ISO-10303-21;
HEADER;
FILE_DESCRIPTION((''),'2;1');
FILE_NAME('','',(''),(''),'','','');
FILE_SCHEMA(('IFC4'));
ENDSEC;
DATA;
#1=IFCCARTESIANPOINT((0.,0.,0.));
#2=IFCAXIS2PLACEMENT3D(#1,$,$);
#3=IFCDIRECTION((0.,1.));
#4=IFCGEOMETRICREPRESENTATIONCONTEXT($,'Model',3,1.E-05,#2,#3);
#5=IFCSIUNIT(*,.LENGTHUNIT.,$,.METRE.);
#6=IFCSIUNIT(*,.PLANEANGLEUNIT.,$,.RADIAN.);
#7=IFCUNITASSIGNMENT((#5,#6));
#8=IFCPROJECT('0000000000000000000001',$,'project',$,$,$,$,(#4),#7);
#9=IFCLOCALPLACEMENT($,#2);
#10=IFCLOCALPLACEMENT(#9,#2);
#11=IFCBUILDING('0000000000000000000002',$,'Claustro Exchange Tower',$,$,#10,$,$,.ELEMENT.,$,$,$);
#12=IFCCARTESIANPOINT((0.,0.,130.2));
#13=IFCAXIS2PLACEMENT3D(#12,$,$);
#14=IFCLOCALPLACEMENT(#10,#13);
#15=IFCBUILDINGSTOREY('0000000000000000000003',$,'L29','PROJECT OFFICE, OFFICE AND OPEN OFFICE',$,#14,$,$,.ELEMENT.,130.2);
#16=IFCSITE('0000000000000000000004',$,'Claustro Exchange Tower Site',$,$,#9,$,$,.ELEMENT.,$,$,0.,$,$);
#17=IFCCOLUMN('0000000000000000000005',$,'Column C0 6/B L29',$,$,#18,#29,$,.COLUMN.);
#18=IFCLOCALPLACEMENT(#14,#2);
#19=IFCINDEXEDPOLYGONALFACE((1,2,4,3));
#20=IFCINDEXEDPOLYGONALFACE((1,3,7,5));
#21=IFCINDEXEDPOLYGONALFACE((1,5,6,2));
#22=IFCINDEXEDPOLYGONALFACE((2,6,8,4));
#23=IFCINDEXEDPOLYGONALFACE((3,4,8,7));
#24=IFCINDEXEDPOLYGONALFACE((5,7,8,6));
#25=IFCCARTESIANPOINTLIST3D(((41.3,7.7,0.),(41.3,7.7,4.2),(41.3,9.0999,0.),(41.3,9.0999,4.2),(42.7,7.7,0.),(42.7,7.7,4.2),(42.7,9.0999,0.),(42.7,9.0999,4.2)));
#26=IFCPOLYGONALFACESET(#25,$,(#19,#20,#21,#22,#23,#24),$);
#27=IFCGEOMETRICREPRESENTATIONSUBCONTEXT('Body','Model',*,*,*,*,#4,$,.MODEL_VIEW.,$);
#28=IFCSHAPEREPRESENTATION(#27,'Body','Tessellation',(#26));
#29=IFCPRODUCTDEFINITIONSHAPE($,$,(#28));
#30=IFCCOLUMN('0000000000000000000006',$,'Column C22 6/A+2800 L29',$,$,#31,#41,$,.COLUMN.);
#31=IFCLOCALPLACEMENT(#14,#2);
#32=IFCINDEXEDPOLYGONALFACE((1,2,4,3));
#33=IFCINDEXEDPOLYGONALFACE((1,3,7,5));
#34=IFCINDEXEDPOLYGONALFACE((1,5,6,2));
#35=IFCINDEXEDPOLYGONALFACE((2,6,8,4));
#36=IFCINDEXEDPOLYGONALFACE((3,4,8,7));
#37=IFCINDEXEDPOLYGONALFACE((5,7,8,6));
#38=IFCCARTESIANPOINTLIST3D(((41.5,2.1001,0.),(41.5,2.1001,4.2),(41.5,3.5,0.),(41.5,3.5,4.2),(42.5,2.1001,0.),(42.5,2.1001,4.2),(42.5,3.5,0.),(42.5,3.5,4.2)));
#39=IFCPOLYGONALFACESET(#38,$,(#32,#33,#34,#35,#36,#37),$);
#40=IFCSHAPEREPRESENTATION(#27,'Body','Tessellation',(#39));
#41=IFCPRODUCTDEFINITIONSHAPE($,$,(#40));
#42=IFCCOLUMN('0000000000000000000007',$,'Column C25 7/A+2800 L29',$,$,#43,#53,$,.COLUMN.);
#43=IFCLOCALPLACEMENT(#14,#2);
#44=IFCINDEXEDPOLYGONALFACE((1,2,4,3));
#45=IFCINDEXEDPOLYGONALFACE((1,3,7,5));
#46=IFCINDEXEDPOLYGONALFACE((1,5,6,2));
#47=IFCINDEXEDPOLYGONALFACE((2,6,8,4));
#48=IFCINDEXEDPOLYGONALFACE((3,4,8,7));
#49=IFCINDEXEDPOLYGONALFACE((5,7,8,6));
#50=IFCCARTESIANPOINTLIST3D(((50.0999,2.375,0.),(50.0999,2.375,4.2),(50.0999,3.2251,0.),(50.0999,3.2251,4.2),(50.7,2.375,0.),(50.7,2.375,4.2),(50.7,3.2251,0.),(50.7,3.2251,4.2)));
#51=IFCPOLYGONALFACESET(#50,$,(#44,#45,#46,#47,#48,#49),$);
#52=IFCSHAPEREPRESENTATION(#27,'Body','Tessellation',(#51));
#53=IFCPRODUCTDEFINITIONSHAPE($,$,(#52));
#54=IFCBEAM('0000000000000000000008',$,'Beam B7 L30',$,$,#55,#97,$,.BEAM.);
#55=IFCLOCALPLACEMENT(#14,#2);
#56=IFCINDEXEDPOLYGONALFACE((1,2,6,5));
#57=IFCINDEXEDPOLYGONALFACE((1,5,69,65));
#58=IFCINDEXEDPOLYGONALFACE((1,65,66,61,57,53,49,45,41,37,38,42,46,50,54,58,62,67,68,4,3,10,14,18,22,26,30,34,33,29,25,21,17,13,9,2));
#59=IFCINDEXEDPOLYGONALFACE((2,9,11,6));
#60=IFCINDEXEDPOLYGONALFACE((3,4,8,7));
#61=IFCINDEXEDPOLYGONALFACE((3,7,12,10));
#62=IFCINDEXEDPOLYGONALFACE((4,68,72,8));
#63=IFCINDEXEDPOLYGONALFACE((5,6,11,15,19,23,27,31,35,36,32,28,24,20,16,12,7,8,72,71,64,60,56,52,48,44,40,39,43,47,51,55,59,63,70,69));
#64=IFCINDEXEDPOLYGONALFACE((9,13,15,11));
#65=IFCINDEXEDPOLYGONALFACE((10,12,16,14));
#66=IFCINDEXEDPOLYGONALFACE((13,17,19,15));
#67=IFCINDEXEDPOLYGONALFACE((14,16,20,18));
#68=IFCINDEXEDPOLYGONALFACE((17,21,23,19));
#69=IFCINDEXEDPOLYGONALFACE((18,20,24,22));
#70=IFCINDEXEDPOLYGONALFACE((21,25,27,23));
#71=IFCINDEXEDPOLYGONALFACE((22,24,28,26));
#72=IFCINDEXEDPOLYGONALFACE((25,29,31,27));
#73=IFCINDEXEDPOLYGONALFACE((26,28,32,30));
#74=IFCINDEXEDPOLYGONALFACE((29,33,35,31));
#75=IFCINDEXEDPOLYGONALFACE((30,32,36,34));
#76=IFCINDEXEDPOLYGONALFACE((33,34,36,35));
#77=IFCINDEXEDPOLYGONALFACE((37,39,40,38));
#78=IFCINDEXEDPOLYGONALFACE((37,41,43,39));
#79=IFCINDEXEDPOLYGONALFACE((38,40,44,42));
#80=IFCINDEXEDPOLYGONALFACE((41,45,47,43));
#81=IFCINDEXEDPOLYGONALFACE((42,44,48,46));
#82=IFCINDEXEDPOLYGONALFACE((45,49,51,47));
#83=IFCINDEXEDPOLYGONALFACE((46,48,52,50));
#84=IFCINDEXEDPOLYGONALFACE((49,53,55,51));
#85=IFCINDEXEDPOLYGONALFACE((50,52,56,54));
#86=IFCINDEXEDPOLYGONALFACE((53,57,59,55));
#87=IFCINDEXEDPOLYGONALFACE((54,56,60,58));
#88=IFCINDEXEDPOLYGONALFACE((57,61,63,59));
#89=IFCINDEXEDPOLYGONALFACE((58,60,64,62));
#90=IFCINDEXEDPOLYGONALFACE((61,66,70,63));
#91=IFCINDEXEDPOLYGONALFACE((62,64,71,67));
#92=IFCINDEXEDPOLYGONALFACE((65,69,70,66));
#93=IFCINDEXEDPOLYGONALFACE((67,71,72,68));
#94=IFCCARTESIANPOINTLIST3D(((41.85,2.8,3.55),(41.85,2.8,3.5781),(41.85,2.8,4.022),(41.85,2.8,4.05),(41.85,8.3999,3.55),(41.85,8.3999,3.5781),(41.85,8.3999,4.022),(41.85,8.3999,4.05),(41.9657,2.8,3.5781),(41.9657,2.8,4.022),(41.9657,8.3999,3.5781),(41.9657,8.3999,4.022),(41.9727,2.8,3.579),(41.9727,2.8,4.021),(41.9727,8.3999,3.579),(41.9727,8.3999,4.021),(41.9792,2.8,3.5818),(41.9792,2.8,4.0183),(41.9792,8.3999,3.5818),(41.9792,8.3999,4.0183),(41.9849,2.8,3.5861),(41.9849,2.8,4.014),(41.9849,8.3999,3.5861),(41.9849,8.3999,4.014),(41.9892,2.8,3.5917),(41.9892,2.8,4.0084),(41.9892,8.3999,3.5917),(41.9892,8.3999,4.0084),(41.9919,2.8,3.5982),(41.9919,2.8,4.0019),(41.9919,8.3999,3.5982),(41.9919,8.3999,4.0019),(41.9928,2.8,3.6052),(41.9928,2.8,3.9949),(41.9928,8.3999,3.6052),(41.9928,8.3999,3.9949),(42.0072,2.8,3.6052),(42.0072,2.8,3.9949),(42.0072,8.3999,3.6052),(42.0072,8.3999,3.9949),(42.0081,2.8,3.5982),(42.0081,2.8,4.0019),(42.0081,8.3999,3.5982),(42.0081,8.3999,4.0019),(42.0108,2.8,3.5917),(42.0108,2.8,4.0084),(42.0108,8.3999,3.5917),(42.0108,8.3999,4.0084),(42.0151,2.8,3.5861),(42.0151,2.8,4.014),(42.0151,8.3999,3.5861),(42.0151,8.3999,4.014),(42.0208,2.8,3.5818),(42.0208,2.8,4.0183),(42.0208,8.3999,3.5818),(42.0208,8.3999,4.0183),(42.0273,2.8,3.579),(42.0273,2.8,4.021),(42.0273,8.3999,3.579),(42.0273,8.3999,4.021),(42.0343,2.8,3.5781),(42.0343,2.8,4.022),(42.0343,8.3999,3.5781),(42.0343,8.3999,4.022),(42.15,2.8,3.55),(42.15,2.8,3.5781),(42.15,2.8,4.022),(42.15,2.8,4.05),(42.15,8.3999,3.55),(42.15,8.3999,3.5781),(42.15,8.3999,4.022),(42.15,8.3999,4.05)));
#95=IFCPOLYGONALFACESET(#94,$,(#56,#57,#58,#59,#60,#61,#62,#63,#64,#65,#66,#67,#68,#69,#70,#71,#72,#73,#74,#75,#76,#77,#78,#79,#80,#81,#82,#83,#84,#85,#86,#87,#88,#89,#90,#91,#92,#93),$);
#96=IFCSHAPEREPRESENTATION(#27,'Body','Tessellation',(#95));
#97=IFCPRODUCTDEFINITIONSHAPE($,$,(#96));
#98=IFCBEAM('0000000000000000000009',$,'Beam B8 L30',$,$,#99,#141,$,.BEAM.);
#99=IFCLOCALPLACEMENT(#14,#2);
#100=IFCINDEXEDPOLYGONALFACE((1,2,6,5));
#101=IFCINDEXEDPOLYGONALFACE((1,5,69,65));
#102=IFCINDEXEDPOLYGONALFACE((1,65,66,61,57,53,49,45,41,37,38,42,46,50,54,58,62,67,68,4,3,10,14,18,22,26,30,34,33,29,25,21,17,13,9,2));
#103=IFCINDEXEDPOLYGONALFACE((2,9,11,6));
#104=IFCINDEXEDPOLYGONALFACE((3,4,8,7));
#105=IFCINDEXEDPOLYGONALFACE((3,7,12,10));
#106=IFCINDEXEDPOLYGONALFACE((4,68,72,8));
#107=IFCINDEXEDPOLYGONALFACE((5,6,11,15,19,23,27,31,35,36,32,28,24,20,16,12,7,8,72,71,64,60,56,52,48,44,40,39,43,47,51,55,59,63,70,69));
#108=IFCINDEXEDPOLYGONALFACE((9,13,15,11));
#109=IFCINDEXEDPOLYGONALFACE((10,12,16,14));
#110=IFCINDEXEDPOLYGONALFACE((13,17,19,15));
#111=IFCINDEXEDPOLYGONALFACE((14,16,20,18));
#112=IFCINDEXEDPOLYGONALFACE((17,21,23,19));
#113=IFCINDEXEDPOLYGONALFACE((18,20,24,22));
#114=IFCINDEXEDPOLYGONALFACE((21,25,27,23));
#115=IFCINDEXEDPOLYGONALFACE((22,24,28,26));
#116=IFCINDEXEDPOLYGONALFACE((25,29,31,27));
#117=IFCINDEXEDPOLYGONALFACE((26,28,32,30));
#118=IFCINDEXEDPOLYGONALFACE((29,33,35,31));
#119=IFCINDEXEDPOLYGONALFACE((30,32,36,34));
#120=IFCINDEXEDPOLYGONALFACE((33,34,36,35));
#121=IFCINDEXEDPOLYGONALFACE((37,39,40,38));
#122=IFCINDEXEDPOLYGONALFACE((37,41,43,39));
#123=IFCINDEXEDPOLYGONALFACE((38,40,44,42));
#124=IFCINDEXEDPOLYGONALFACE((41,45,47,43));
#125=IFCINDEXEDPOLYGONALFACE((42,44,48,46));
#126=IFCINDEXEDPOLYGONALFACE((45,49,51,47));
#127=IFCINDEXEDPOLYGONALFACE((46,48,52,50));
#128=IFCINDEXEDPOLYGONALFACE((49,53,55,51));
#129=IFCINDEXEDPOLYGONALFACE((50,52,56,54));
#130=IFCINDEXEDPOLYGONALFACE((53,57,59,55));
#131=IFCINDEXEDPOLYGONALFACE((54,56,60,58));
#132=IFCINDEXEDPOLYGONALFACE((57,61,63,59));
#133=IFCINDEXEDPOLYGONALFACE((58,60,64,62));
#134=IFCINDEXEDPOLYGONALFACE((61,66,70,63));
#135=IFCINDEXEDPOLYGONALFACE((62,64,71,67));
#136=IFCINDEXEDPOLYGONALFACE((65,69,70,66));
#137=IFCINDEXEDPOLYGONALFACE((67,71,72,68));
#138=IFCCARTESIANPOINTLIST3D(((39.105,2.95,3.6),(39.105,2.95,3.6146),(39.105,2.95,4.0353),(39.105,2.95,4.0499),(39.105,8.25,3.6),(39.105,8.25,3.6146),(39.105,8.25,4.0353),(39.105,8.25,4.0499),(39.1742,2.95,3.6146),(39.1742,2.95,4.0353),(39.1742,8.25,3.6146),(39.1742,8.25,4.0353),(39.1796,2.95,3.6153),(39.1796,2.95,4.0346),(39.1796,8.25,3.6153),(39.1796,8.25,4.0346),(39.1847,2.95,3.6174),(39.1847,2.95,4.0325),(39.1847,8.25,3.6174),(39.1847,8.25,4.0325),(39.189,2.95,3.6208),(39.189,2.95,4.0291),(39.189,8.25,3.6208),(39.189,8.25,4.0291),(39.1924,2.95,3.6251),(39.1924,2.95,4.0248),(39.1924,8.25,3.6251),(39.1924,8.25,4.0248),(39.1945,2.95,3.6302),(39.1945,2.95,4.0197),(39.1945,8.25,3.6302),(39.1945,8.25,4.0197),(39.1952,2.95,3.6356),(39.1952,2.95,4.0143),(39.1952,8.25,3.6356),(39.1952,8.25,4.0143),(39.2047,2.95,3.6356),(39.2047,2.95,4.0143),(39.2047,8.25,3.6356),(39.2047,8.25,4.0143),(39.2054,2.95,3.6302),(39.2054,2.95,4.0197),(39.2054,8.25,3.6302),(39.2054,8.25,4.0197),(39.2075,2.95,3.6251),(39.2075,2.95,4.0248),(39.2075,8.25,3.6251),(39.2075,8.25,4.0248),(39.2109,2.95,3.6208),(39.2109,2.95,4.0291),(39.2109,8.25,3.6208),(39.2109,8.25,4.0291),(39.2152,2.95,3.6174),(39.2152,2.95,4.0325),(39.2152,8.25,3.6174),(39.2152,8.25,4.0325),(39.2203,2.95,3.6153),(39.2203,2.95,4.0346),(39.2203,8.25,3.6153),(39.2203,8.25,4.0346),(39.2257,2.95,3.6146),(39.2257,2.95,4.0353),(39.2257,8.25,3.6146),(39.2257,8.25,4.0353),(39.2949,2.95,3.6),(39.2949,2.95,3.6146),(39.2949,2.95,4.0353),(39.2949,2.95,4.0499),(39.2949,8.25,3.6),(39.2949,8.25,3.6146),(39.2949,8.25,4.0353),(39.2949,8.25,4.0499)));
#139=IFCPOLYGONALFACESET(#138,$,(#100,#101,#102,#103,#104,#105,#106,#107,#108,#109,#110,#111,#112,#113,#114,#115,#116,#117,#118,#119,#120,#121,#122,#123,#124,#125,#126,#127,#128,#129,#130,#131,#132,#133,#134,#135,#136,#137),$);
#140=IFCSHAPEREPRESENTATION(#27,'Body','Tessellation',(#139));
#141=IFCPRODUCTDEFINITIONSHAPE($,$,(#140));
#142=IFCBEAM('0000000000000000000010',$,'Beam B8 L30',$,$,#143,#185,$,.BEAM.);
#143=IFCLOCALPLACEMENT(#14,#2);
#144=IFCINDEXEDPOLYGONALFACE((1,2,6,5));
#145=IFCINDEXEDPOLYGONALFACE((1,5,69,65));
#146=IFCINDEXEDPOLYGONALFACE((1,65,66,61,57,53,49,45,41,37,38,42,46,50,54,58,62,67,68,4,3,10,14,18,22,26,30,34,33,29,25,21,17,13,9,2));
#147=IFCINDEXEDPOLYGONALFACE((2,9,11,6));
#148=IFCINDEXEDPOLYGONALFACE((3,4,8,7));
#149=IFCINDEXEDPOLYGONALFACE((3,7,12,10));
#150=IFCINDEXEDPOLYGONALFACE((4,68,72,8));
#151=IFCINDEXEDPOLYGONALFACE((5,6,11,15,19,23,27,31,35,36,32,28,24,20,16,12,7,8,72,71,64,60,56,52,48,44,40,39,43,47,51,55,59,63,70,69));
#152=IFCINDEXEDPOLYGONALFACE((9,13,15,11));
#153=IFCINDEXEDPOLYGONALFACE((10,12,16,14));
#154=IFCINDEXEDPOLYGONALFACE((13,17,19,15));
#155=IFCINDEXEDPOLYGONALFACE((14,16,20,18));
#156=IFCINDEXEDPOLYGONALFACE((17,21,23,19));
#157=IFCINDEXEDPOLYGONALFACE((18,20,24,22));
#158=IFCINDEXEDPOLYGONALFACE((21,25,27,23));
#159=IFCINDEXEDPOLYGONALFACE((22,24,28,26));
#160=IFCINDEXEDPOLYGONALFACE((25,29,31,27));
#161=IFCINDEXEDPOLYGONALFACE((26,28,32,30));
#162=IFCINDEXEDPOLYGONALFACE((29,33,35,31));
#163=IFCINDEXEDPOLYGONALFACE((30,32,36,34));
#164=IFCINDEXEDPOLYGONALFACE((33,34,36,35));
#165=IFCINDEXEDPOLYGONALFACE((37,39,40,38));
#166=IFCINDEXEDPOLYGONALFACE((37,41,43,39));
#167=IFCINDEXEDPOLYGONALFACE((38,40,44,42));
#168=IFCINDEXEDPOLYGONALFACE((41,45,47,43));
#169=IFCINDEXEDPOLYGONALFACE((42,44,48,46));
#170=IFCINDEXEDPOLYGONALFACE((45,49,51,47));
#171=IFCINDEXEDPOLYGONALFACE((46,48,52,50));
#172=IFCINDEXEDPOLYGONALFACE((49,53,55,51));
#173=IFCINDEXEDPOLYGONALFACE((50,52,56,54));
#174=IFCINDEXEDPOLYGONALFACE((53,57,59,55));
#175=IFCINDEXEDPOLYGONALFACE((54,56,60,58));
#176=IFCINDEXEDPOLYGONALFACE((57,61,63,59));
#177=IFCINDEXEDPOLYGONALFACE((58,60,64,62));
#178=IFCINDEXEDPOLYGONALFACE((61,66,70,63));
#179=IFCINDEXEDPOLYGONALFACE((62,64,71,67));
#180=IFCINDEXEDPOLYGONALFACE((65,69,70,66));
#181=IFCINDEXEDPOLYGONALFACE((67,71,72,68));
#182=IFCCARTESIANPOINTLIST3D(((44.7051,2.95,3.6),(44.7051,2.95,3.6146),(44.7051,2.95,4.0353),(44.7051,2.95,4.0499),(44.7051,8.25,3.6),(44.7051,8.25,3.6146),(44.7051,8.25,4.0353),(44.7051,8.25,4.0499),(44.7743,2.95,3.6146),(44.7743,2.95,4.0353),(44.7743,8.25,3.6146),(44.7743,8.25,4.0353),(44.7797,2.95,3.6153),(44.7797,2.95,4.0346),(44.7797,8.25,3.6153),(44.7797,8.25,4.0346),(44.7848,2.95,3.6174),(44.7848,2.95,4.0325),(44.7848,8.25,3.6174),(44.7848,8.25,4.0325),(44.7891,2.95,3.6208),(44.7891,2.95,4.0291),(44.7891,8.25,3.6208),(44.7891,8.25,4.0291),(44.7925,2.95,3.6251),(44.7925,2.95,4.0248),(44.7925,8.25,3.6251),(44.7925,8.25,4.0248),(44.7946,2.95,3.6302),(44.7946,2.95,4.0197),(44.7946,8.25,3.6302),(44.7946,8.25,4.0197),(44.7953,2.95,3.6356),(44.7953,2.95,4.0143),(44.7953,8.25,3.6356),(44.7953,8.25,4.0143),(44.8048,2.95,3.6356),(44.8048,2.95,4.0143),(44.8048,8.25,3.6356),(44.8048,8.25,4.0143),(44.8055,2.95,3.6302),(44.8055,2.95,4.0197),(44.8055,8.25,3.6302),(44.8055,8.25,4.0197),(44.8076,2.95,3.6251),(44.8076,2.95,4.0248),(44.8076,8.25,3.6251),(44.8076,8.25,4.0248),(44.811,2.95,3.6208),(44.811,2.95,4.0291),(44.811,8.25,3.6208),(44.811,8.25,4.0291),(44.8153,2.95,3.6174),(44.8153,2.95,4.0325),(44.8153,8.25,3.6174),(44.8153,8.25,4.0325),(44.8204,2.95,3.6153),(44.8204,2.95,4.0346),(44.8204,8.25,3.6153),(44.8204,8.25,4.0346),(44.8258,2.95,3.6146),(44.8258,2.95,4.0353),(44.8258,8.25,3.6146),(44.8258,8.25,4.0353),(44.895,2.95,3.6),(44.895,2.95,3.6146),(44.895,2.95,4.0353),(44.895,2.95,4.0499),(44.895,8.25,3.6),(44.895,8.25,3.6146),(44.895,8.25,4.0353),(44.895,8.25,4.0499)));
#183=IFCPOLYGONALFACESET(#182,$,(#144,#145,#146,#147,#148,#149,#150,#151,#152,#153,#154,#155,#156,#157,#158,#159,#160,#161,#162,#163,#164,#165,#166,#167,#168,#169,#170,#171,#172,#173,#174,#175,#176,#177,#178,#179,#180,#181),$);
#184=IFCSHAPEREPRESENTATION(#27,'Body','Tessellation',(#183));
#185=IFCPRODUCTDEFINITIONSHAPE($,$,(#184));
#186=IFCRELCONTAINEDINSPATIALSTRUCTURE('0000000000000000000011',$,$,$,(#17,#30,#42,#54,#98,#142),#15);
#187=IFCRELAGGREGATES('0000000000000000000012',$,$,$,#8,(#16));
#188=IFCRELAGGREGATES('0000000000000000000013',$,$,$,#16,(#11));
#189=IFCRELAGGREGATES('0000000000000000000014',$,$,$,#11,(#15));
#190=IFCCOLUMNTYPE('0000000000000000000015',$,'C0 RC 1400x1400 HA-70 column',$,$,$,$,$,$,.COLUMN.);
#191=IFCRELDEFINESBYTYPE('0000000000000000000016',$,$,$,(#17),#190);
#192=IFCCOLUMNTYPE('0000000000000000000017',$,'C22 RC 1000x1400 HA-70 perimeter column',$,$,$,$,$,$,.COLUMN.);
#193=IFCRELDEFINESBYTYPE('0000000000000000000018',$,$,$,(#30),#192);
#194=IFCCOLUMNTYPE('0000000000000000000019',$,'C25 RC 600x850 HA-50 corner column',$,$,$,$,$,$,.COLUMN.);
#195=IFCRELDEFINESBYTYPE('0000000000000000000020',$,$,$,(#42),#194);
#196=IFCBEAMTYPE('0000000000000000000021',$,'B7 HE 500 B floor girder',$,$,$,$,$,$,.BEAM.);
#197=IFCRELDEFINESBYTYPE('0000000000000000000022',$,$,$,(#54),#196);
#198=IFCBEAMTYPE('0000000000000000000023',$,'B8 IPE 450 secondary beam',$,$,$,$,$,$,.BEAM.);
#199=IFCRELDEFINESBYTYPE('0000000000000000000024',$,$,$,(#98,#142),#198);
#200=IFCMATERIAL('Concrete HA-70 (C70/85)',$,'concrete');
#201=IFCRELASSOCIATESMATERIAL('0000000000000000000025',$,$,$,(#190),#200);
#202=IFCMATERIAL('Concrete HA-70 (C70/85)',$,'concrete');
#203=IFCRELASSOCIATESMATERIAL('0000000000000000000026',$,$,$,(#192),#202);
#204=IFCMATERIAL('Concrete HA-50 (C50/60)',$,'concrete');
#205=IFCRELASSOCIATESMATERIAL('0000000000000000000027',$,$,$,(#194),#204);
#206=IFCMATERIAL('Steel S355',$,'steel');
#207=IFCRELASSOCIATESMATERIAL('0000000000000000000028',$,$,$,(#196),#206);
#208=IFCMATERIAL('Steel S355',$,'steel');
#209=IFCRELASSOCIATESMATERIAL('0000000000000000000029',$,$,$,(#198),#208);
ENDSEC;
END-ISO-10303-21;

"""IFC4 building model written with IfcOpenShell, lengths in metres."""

from ifc_helpers import new_model, si_unit, direction, frame, origin, origin_2d, place, context, subcontext, project, spatial, rectangle, i_section, extrude, material, material_profile, profile_set, type_object, element, save


model = new_model("IFC4")

# Units and contexts
model_context = context("Model", 3, precision=1e-05, world=origin(), true_north=direction((0.0, 1.0)))
body_context = subcontext(model_context, "Body", "Model", "MODEL_VIEW")
ifc_project = project(units=[si_unit("LENGTHUNIT", "METRE"), si_unit("PLANEANGLEUNIT", "RADIAN")], contexts=[model_context])

# Site, building, storey
site_placement = place(None, origin())
site = spatial("IfcSite", under=ifc_project, at=site_placement, Name="Claustro Exchange Tower Site", CompositionType="ELEMENT", RefElevation=0.0)
building_placement = place(site_placement, origin())
building = spatial("IfcBuilding", under=site, at=building_placement, Name="Claustro Exchange Tower", CompositionType="ELEMENT")
storey_placement = place(building_placement, frame((0.0, 0.0, 130.2)))
storey = spatial("IfcBuildingStorey", under=building, at=storey_placement, Name="L29", Description="PROJECT OFFICE, OFFICE AND OPEN OFFICE", CompositionType="ELEMENT", Elevation=130.2)

# Columns
ifc_material_1 = material(Name="Concrete HA-70 (C70/85)", Category="concrete")
ifc_material_profile_1 = material_profile(ifc_material_1, rectangle(XDim=1.3999, YDim=1.3999, at=origin_2d()), Name="RC 1400x1400")
ifc_profile_set_1 = profile_set([ifc_material_profile_1], Name="Concrete HA-70 (C70/85)")
column_type_1 = type_object("IfcColumnType", Name="C0 RC 1400x1400 HA-70 column", PredefinedType="COLUMN", material=ifc_profile_set_1)
column_1_placement = place(storey_placement, frame((42.0, 8.3999, 0.0), z_axis=(0.0, 0.0, 1.0), x_axis=(1.0, 0.0, 0.0)))
element("IfcColumn", 1, at=column_1_placement, inside=storey, type_object=column_type_1, Name="Column C0 6/B L29", PredefinedType="COLUMN", context=body_context, shape_type="SweptSolid", body=[
    extrude(rectangle(XDim=1.3999, YDim=1.3999, at=origin_2d()), origin(), (0.0, 0.0, 1.0), 4.2),
])
ifc_material_2 = material(Name="Concrete HA-70 (C70/85)", Category="concrete")
ifc_material_profile_2 = material_profile(ifc_material_2, rectangle(XDim=1.0, YDim=1.3999, at=origin_2d()), Name="RC 1000x1400")
ifc_profile_set_2 = profile_set([ifc_material_profile_2], Name="Concrete HA-70 (C70/85)")
column_type_2 = type_object("IfcColumnType", Name="C22 RC 1000x1400 HA-70 perimeter column", PredefinedType="COLUMN", material=ifc_profile_set_2)
column_2_placement = place(storey_placement, frame((42.0, 2.8, 0.0), z_axis=(0.0, 0.0, 1.0), x_axis=(1.0, 0.0, 0.0)))
element("IfcColumn", 2, at=column_2_placement, inside=storey, type_object=column_type_2, Name="Column C22 6/A+2800 L29", PredefinedType="COLUMN", context=body_context, shape_type="SweptSolid", body=[
    extrude(rectangle(XDim=1.0, YDim=1.3999, at=origin_2d()), origin(), (0.0, 0.0, 1.0), 4.2),
])
ifc_material_3 = material(Name="Concrete HA-50 (C50/60)", Category="concrete")
ifc_material_profile_3 = material_profile(ifc_material_3, rectangle(XDim=0.6001, YDim=0.8501, at=origin_2d()), Name="RC 600x850")
ifc_profile_set_3 = profile_set([ifc_material_profile_3], Name="Concrete HA-50 (C50/60)")
column_type_3 = type_object("IfcColumnType", Name="C25 RC 600x850 HA-50 corner column", PredefinedType="COLUMN", material=ifc_profile_set_3)
column_3_placement = place(storey_placement, frame((50.3999, 2.8, 0.0), z_axis=(0.0, 0.0, 1.0), x_axis=(1.0, 0.0, 0.0)))
element("IfcColumn", 3, at=column_3_placement, inside=storey, type_object=column_type_3, Name="Column C25 7/A+2800 L29", PredefinedType="COLUMN", context=body_context, shape_type="SweptSolid", body=[
    extrude(rectangle(XDim=0.6001, YDim=0.8501, at=origin_2d()), origin(), (0.0, 0.0, 1.0), 4.2),
])

# Beams
ifc_material_4 = material(Name="Steel S355", Category="steel")
ifc_material_profile_4 = material_profile(ifc_material_4, i_section(OverallWidth=0.3, OverallDepth=0.5, WebThickness=0.0144, FlangeThickness=0.0281, FilletRadius=0.0271, at=origin_2d()), Name="HE 500 B")
ifc_profile_set_4 = profile_set([ifc_material_profile_4], Name="Steel S355")
beam_type_1 = type_object("IfcBeamType", Name="B7 HE 500 B floor girder", PredefinedType="BEAM", material=ifc_profile_set_4)
beam_1_placement = place(storey_placement, frame((42.0, 2.8, 3.8), z_axis=(0.0, 1.0, 0.0), x_axis=(-1.0, 0.0, 0.0)))
element("IfcBeam", 4, at=beam_1_placement, inside=storey, type_object=beam_type_1, Name="Beam B7 L30", PredefinedType="BEAM", context=body_context, shape_type="SweptSolid", body=[
    extrude(i_section(OverallWidth=0.3, OverallDepth=0.5, WebThickness=0.0144, FlangeThickness=0.0281, FilletRadius=0.0271, at=origin_2d()), origin(), (0.0, 0.0, 1.0), 5.5999),
])
ifc_material_5 = material(Name="Steel S355", Category="steel")
ifc_material_profile_5 = material_profile(ifc_material_5, i_section(OverallWidth=0.1899, OverallDepth=0.45, WebThickness=0.0095, FlangeThickness=0.0146, FilletRadius=0.021, at=origin_2d()), Name="IPE 450")
ifc_profile_set_5 = profile_set([ifc_material_profile_5], Name="Steel S355")
beam_type_2 = type_object("IfcBeamType", Name="B8 IPE 450 secondary beam", PredefinedType="BEAM", material=ifc_profile_set_5)
for number, where, z_axis, x_axis, name in (
    (5, (39.2, 2.95, 3.825), (0.0, 1.0, 0.0), (-1.0, 0.0, 0.0), "Beam B8 L30"),
    (6, (44.8, 2.95, 3.825), (0.0, 1.0, 0.0), (-1.0, 0.0, 0.0), "Beam B8 L30"),
):
    element("IfcBeam", number, at=place(storey_placement, frame(where, z_axis=z_axis, x_axis=x_axis)), inside=storey, type_object=beam_type_2, Name=name, PredefinedType="BEAM", context=body_context, shape_type="SweptSolid", body=[
        extrude(i_section(OverallWidth=0.1899, OverallDepth=0.45, WebThickness=0.0095, FlangeThickness=0.0146, FilletRadius=0.021, at=origin_2d()), origin(), (0.0, 0.0, 1.0), 5.3),
    ])

save(model, "model.ifc")
